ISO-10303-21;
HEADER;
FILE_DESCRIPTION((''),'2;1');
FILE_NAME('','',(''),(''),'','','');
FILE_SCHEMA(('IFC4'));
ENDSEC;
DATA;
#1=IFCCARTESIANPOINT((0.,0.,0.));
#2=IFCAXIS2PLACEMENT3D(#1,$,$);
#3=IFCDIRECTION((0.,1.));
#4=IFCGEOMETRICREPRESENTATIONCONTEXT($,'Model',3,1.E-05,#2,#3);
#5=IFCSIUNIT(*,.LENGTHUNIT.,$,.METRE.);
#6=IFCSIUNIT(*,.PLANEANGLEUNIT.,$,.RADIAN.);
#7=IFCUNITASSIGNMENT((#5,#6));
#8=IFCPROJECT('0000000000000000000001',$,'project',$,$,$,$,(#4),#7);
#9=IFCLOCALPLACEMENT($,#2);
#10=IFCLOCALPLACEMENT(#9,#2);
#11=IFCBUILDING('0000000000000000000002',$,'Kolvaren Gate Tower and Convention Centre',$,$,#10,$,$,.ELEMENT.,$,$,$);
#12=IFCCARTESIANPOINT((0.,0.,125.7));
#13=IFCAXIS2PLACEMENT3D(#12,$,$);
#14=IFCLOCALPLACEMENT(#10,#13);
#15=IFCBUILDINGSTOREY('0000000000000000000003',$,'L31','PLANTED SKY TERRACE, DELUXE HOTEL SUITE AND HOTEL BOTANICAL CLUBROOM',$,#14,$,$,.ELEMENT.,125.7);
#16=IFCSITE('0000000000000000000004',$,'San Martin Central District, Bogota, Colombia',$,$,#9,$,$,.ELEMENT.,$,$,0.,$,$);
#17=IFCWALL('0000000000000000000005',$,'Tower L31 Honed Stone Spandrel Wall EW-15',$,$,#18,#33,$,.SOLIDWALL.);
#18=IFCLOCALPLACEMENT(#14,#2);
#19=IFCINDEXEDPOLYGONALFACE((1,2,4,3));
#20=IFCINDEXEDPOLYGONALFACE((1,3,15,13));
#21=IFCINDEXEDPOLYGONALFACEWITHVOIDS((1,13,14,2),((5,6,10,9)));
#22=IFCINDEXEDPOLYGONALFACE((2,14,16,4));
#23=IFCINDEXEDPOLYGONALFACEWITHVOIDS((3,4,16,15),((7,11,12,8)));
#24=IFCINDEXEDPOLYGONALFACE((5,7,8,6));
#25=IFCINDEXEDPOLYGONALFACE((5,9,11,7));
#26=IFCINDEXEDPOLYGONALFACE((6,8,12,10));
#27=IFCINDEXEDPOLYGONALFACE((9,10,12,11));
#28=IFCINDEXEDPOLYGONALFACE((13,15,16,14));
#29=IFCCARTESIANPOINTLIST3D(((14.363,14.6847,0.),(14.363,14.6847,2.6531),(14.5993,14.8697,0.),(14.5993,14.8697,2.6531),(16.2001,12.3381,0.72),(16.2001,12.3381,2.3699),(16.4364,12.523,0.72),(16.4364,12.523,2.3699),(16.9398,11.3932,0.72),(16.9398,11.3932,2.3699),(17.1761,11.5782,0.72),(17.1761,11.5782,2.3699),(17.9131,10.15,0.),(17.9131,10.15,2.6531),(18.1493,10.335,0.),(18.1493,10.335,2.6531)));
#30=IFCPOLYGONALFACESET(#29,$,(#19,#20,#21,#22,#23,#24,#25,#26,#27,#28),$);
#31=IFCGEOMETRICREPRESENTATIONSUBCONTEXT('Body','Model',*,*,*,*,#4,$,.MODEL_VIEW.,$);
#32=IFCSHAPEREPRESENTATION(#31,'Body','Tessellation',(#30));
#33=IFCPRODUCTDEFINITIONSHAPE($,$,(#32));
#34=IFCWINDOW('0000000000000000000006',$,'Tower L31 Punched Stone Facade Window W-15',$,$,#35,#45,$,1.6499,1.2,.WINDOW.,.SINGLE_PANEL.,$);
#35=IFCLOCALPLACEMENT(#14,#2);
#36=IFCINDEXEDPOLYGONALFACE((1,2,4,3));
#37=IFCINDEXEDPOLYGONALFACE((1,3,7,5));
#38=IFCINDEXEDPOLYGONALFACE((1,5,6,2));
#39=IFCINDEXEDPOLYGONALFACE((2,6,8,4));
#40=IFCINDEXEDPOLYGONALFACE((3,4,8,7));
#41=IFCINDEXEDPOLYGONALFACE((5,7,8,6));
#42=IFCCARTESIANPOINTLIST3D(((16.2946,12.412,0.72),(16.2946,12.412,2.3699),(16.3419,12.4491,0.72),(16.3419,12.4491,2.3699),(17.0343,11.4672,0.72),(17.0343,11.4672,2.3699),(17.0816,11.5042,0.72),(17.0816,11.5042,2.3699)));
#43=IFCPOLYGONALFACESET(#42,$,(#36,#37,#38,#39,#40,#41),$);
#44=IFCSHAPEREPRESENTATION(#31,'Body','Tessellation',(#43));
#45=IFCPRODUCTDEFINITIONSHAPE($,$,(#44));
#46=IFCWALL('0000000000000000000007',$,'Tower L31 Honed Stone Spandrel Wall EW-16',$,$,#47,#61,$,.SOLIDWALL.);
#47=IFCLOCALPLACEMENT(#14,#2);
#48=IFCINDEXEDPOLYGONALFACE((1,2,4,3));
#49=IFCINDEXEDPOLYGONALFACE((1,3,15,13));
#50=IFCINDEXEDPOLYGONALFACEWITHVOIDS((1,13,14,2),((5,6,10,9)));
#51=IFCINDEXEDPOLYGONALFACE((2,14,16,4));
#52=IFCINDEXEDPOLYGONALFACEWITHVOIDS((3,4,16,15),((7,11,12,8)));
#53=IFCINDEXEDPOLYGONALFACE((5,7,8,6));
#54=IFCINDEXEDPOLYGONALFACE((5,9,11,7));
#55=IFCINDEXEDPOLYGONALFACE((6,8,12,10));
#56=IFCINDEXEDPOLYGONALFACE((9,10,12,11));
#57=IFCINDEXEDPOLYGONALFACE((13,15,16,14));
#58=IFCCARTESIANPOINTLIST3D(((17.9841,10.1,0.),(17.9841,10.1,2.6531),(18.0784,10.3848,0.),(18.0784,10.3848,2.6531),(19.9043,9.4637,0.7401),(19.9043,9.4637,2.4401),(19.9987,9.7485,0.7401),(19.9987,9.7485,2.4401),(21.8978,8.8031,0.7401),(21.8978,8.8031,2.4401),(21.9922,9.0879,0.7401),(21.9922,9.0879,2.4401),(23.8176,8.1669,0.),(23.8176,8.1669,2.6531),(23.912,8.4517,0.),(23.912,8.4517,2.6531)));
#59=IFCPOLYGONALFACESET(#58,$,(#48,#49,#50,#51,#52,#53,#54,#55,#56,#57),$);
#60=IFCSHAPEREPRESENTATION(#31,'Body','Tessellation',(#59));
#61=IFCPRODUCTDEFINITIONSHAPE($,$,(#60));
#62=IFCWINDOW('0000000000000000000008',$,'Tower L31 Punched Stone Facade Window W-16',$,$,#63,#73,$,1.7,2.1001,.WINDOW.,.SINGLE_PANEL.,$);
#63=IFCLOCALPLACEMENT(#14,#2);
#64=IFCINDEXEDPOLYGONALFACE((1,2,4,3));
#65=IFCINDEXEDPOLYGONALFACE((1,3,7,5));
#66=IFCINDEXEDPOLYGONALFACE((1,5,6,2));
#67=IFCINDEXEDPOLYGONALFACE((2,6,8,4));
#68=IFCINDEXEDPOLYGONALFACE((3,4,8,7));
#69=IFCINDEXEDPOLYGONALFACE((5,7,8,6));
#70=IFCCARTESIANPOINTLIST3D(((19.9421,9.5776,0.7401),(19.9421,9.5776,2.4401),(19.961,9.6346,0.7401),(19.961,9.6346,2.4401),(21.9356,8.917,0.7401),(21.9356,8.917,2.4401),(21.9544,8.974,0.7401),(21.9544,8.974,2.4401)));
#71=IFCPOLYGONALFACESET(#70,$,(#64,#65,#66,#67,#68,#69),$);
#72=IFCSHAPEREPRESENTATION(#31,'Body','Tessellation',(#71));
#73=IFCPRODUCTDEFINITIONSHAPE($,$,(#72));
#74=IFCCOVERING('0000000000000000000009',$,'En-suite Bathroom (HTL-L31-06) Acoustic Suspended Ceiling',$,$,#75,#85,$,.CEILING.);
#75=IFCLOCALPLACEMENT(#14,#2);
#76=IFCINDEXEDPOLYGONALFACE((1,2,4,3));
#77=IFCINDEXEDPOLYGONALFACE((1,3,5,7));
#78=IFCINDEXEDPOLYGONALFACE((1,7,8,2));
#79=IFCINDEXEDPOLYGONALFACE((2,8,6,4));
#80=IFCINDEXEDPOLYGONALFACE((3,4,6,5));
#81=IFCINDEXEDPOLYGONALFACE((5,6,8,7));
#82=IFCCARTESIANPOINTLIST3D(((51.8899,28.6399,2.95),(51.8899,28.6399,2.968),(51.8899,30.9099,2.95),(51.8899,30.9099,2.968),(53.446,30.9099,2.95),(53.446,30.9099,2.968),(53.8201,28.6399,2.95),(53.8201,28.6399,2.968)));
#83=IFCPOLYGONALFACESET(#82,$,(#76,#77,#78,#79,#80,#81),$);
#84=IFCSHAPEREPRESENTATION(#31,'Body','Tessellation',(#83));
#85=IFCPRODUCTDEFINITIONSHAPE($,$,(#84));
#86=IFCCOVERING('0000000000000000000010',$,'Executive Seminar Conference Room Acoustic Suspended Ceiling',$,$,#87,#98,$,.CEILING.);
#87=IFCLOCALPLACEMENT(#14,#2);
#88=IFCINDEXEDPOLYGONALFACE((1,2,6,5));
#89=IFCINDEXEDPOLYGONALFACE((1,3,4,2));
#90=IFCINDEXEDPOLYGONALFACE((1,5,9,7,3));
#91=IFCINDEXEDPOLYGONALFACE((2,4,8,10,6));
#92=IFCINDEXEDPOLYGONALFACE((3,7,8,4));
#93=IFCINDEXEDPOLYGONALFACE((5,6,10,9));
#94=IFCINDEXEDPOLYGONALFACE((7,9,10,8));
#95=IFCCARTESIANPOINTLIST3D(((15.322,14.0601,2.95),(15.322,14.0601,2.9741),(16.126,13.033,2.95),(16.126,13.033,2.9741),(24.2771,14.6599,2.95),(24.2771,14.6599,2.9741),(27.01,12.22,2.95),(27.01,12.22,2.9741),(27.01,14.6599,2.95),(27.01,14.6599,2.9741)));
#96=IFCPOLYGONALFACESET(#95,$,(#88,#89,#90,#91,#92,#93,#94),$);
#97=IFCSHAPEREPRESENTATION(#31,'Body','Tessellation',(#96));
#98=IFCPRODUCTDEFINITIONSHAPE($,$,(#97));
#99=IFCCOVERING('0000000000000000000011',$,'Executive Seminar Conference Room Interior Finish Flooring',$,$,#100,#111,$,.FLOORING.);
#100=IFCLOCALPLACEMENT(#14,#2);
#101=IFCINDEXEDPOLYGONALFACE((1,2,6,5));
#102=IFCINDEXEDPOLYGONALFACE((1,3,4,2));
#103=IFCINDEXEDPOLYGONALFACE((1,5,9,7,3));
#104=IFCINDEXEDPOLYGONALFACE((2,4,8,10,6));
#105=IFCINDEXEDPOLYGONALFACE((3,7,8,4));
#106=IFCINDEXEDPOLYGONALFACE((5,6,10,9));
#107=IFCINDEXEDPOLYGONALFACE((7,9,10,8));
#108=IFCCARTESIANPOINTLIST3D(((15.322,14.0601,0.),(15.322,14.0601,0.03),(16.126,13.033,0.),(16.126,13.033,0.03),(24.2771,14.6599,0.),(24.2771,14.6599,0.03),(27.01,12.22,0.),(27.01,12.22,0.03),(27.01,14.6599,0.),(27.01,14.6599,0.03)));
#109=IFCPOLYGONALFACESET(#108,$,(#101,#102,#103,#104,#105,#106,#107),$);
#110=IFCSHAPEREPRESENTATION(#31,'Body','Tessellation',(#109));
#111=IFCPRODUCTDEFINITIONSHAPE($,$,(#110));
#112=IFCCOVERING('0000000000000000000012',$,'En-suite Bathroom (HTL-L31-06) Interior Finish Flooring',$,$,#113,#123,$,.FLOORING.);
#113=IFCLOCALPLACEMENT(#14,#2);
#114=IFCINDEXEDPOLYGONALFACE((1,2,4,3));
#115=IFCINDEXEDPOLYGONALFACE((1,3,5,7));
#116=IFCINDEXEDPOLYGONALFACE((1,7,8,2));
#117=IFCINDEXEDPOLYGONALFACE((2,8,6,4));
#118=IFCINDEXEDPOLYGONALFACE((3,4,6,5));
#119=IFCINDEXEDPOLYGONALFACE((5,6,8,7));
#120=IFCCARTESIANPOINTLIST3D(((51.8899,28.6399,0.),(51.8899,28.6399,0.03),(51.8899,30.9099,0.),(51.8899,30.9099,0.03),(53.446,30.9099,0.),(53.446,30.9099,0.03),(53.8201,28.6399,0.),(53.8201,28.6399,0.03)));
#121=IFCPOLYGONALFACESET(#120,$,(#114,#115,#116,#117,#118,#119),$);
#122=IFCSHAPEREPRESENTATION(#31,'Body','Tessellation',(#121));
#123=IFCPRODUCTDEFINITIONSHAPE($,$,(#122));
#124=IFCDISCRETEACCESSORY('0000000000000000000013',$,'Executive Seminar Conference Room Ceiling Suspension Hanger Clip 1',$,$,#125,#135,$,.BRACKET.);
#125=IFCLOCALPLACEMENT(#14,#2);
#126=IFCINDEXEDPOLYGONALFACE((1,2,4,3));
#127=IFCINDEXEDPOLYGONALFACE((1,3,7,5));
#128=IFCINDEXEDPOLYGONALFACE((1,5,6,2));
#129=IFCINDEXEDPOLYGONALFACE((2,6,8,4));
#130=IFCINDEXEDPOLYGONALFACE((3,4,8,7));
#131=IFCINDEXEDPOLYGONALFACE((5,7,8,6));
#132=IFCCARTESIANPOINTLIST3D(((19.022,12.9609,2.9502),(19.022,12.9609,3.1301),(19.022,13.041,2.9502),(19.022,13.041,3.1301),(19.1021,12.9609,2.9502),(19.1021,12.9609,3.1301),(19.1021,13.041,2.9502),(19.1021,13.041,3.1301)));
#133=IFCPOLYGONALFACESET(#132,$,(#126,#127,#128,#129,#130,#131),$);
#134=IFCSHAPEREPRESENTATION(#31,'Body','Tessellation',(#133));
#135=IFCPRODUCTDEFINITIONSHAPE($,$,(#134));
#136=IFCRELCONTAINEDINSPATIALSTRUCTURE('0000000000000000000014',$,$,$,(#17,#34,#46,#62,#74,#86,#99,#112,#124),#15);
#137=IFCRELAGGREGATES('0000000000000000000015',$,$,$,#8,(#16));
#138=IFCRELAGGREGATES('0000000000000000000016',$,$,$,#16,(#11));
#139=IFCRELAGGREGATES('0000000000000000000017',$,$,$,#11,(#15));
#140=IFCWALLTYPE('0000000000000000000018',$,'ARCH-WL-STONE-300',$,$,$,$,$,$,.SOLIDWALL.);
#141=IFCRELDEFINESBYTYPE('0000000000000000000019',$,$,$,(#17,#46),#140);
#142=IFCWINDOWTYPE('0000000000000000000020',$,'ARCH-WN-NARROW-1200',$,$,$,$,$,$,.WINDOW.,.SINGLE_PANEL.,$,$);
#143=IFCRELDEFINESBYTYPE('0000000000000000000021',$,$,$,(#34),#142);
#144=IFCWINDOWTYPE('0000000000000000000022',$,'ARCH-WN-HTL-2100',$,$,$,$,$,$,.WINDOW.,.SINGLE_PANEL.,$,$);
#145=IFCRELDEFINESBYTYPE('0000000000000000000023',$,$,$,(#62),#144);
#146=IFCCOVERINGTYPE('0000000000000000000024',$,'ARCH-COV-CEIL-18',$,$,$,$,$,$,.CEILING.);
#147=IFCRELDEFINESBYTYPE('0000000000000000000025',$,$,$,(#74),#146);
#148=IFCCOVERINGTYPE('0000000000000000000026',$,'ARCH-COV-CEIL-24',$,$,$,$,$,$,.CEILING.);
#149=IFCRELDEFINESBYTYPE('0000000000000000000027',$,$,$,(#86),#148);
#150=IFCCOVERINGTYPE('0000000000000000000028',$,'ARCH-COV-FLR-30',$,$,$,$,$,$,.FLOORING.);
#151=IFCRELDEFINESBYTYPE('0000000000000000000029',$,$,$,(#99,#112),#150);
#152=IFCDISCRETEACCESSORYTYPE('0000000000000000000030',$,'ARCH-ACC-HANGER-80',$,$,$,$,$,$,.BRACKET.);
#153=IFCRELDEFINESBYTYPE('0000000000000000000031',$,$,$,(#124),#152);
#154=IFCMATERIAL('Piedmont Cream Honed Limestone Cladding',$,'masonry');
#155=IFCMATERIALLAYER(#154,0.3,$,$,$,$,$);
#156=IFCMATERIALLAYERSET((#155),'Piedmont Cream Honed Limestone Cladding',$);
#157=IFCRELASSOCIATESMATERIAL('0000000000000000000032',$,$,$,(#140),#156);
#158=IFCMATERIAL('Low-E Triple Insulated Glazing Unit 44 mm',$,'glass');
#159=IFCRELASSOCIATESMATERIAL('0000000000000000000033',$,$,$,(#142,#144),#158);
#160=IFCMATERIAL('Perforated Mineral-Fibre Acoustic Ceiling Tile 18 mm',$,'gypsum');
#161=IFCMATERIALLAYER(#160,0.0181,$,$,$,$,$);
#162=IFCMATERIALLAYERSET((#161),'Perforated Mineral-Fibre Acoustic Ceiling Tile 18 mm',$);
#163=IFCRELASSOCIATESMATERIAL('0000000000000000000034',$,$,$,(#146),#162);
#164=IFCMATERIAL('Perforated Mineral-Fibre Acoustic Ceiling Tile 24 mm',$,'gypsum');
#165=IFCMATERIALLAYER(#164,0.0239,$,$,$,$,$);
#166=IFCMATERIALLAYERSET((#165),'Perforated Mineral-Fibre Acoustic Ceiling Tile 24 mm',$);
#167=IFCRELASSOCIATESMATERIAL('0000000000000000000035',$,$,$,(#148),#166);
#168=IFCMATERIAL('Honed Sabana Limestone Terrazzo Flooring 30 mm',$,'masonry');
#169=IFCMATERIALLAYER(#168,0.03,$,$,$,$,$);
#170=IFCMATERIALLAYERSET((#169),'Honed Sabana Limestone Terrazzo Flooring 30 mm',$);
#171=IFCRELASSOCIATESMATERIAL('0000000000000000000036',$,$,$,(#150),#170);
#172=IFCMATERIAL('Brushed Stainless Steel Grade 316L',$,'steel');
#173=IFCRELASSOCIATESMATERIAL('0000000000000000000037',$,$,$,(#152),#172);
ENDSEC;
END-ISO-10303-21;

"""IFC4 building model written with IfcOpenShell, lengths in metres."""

from ifc_helpers import new_model, si_unit, direction, frame, frame_2d, origin, origin_2d, place, context, subcontext, project, spatial, polyline, rectangle, outline, extrude, material, layer, layer_set, type_object, element, fill, save


model = new_model("IFC4")

# Units and contexts
model_context = context("Model", 3, precision=1e-05, world=origin(), true_north=direction((0.0, 1.0)))
body_context = subcontext(model_context, "Body", "Model", "MODEL_VIEW")
ifc_project = project(units=[si_unit("LENGTHUNIT", "METRE"), si_unit("PLANEANGLEUNIT", "RADIAN")], contexts=[model_context])

# Site, building, storey
site_placement = place(None, origin())
site = spatial("IfcSite", under=ifc_project, at=site_placement, Name="San Martin Central District, Bogota, Colombia", CompositionType="ELEMENT", RefElevation=0.0)
building_placement = place(site_placement, origin())
building = spatial("IfcBuilding", under=site, at=building_placement, Name="Kolvaren Gate Tower and Convention Centre", CompositionType="ELEMENT")
storey_placement = place(building_placement, frame((0.0, 0.0, 125.7)))
storey = spatial("IfcBuildingStorey", under=building, at=storey_placement, Name="L31", Description="PLANTED SKY TERRACE, DELUXE HOTEL SUITE AND HOTEL BOTANICAL CLUBROOM", CompositionType="ELEMENT", Elevation=125.7)

# Walls, openings, windows
ifc_material_1 = material(Name="Piedmont Cream Honed Limestone Cladding", Category="masonry")
ifc_layer_1 = layer(ifc_material_1, 0.3)
ifc_layer_set_1 = layer_set([ifc_layer_1], Name="Piedmont Cream Honed Limestone Cladding")
wall_type_1 = type_object("IfcWallType", Name="ARCH-WL-STONE-300", PredefinedType="SOLIDWALL", material=ifc_layer_set_1)
wall_1_placement = place(storey_placement, frame((14.4812, 14.7771, 0.0), z_axis=(0.0, 0.0, 1.0), x_axis=(0.616435, -0.787406, 0.0)))
wall_1 = element("IfcWall", 1, at=wall_1_placement, inside=storey, type_object=wall_type_1, Name="Tower L31 Honed Stone Spandrel Wall EW-15", PredefinedType="SOLIDWALL", context=body_context, shape_type="SweptSolid", body=[
    extrude(rectangle(XDim=5.759, YDim=0.3, at=frame_2d((2.8794, 0.0))), origin(), (0.0, 0.0, 1.0), 2.6531),
])
opening_1_placement = place(wall_1_placement, frame((2.98, 0.0, 0.72)))
opening_1 = element("IfcOpeningElement", 2, at=opening_1_placement, cuts=wall_1, PredefinedType="OPENING", context=body_context, shape_type="SweptSolid", body=[
    extrude(rectangle(XDim=1.2, YDim=1.6499, at=frame_2d((0.6001, 0.825))), frame((0.0, 0.1599, 0.0), z_axis=(0.0, -1.0, 0.0), x_axis=(1.0, 0.0, 0.0)), (0.0, 0.0, 1.0), 0.3201),
])
ifc_material_2 = material(Name="Low-E Triple Insulated Glazing Unit 44 mm", Category="glass")
window_type_1 = type_object("IfcWindowType", Name="ARCH-WN-NARROW-1200", PartitioningType="SINGLE_PANEL", PredefinedType="WINDOW", material=ifc_material_2)
window_1_placement = place(opening_1_placement, origin())
window_1 = element("IfcWindow", 3, at=window_1_placement, inside=storey, type_object=window_type_1, Name="Tower L31 Punched Stone Facade Window W-15", OverallHeight=1.6499, OverallWidth=1.2, PartitioningType="SINGLE_PANEL", PredefinedType="WINDOW", context=body_context, shape_type="SweptSolid", body=[
    extrude(rectangle(XDim=1.2, YDim=1.6499, at=frame_2d((0.6001, 0.825))), frame((0.0, 0.03, 0.0), z_axis=(0.0, -1.0, 0.0), x_axis=(1.0, 0.0, 0.0)), (0.0, 0.0, 1.0), 0.0601),
])
fill(opening_1, window_1)
wall_2_placement = place(storey_placement, frame((18.0312, 10.2424, 0.0), z_axis=(0.0, 0.0, 1.0), x_axis=(0.949238, -0.314559, 0.0)))
wall_2 = element("IfcWall", 4, at=wall_2_placement, inside=storey, type_object=wall_type_1, Name="Tower L31 Honed Stone Spandrel Wall EW-16", PredefinedType="SOLIDWALL", context=body_context, shape_type="SweptSolid", body=[
    extrude(rectangle(XDim=6.1455, YDim=0.3, at=frame_2d((3.0728, 0.0))), origin(), (0.0, 0.0, 1.0), 2.6531),
])
opening_2_placement = place(wall_2_placement, frame((2.0229, 0.0, 0.74)))
opening_2 = element("IfcOpeningElement", 5, at=opening_2_placement, cuts=wall_2, PredefinedType="OPENING", context=body_context, shape_type="SweptSolid", body=[
    extrude(rectangle(XDim=2.1001, YDim=1.7, at=frame_2d((1.05, 0.8501))), frame((0.0, 0.1599, 0.0), z_axis=(0.0, -1.0, 0.0), x_axis=(1.0, 0.0, 0.0)), (0.0, 0.0, 1.0), 0.3201),
])
window_type_2 = type_object("IfcWindowType", Name="ARCH-WN-HTL-2100", PartitioningType="SINGLE_PANEL", PredefinedType="WINDOW", material=ifc_material_2)
window_2_placement = place(opening_2_placement, origin())
window_2 = element("IfcWindow", 6, at=window_2_placement, inside=storey, type_object=window_type_2, Name="Tower L31 Punched Stone Facade Window W-16", OverallHeight=1.7, OverallWidth=2.1001, PartitioningType="SINGLE_PANEL", PredefinedType="WINDOW", context=body_context, shape_type="SweptSolid", body=[
    extrude(rectangle(XDim=2.1001, YDim=1.7, at=frame_2d((1.05, 0.8501))), frame((0.0, 0.03, 0.0), z_axis=(0.0, -1.0, 0.0), x_axis=(1.0, 0.0, 0.0)), (0.0, 0.0, 1.0), 0.0601),
])
fill(opening_2, window_2)

# Coverings
ifc_material_3 = material(Name="Perforated Mineral-Fibre Acoustic Ceiling Tile 18 mm", Category="gypsum")
ifc_layer_2 = layer(ifc_material_3, 0.0181)
ifc_layer_set_2 = layer_set([ifc_layer_2], Name="Perforated Mineral-Fibre Acoustic Ceiling Tile 18 mm")
covering_type_1 = type_object("IfcCoveringType", Name="ARCH-COV-CEIL-18", PredefinedType="CEILING", material=ifc_layer_set_2)
covering_1_placement = place(storey_placement, frame((0.0, 0.0, 2.95)))
element("IfcCovering", 7, at=covering_1_placement, inside=storey, type_object=covering_type_1, Name="En-suite Bathroom (HTL-L31-06) Acoustic Suspended Ceiling", PredefinedType="CEILING", context=body_context, shape_type="SweptSolid", body=[
    extrude(outline(polyline([(51.8899, 28.6399), (51.8899, 30.9099), (53.446, 30.9099), (53.8201, 28.6399), (51.8899, 28.6399)])), origin(), (0.0, 0.0, 1.0), 0.0181),
])
ifc_material_4 = material(Name="Perforated Mineral-Fibre Acoustic Ceiling Tile 24 mm", Category="gypsum")
ifc_layer_3 = layer(ifc_material_4, 0.0239)
ifc_layer_set_3 = layer_set([ifc_layer_3], Name="Perforated Mineral-Fibre Acoustic Ceiling Tile 24 mm")
covering_type_2 = type_object("IfcCoveringType", Name="ARCH-COV-CEIL-24", PredefinedType="CEILING", material=ifc_layer_set_3)
covering_2_placement = place(storey_placement, frame((0.0, 0.0, 2.95)))
element("IfcCovering", 8, at=covering_2_placement, inside=storey, type_object=covering_type_2, Name="Executive Seminar Conference Room Acoustic Suspended Ceiling", PredefinedType="CEILING", context=body_context, shape_type="SweptSolid", body=[
    extrude(outline(polyline([(16.126, 13.033), (15.322, 14.0601), (24.2771, 14.6599), (27.01, 14.6599), (27.01, 12.22), (16.126, 13.033)])), origin(), (0.0, 0.0, 1.0), 0.0242),
])
ifc_material_5 = material(Name="Honed Sabana Limestone Terrazzo Flooring 30 mm", Category="masonry")
ifc_layer_4 = layer(ifc_material_5, 0.03)
ifc_layer_set_4 = layer_set([ifc_layer_4], Name="Honed Sabana Limestone Terrazzo Flooring 30 mm")
covering_type_3 = type_object("IfcCoveringType", Name="ARCH-COV-FLR-30", PredefinedType="FLOORING", material=ifc_layer_set_4)
covering_3_placement = place(storey_placement, origin())
element("IfcCovering", 9, at=covering_3_placement, inside=storey, type_object=covering_type_3, Name="Executive Seminar Conference Room Interior Finish Flooring", PredefinedType="FLOORING", context=body_context, shape_type="SweptSolid", body=[
    extrude(outline(polyline([(16.126, 13.033), (15.322, 14.0601), (24.2771, 14.6599), (27.01, 14.6599), (27.01, 12.22), (16.126, 13.033)])), origin(), (0.0, 0.0, 1.0), 0.03),
])
covering_4_placement = place(storey_placement, origin())
element("IfcCovering", 10, at=covering_4_placement, inside=storey, type_object=covering_type_3, Name="En-suite Bathroom (HTL-L31-06) Interior Finish Flooring", PredefinedType="FLOORING", context=body_context, shape_type="SweptSolid", body=[
    extrude(outline(polyline([(51.8899, 28.6399), (51.8899, 30.9099), (53.446, 30.9099), (53.8201, 28.6399), (51.8899, 28.6399)])), origin(), (0.0, 0.0, 1.0), 0.03),
])

# Discrete accessory
ifc_material_6 = material(Name="Brushed Stainless Steel Grade 316L", Category="steel")
discrete_accessory_type = type_object("IfcDiscreteAccessoryType", Name="ARCH-ACC-HANGER-80", PredefinedType="BRACKET", material=ifc_material_6)
discrete_accessory_placement = place(storey_placement, frame((19.062, 13.001, 2.9502), z_axis=(0.0, 0.0, 1.0), x_axis=(1.0, 0.0, 0.0)))
element("IfcDiscreteAccessory", 11, at=discrete_accessory_placement, inside=storey, type_object=discrete_accessory_type, Name="Executive Seminar Conference Room Ceiling Suspension Hanger Clip 1", PredefinedType="BRACKET", context=body_context, shape_type="SweptSolid", body=[
    extrude(rectangle(XDim=0.0801, YDim=0.0801, at=origin_2d()), origin(), (0.0, 0.0, 1.0), 0.1799),
])

save(model, "model.ifc")
